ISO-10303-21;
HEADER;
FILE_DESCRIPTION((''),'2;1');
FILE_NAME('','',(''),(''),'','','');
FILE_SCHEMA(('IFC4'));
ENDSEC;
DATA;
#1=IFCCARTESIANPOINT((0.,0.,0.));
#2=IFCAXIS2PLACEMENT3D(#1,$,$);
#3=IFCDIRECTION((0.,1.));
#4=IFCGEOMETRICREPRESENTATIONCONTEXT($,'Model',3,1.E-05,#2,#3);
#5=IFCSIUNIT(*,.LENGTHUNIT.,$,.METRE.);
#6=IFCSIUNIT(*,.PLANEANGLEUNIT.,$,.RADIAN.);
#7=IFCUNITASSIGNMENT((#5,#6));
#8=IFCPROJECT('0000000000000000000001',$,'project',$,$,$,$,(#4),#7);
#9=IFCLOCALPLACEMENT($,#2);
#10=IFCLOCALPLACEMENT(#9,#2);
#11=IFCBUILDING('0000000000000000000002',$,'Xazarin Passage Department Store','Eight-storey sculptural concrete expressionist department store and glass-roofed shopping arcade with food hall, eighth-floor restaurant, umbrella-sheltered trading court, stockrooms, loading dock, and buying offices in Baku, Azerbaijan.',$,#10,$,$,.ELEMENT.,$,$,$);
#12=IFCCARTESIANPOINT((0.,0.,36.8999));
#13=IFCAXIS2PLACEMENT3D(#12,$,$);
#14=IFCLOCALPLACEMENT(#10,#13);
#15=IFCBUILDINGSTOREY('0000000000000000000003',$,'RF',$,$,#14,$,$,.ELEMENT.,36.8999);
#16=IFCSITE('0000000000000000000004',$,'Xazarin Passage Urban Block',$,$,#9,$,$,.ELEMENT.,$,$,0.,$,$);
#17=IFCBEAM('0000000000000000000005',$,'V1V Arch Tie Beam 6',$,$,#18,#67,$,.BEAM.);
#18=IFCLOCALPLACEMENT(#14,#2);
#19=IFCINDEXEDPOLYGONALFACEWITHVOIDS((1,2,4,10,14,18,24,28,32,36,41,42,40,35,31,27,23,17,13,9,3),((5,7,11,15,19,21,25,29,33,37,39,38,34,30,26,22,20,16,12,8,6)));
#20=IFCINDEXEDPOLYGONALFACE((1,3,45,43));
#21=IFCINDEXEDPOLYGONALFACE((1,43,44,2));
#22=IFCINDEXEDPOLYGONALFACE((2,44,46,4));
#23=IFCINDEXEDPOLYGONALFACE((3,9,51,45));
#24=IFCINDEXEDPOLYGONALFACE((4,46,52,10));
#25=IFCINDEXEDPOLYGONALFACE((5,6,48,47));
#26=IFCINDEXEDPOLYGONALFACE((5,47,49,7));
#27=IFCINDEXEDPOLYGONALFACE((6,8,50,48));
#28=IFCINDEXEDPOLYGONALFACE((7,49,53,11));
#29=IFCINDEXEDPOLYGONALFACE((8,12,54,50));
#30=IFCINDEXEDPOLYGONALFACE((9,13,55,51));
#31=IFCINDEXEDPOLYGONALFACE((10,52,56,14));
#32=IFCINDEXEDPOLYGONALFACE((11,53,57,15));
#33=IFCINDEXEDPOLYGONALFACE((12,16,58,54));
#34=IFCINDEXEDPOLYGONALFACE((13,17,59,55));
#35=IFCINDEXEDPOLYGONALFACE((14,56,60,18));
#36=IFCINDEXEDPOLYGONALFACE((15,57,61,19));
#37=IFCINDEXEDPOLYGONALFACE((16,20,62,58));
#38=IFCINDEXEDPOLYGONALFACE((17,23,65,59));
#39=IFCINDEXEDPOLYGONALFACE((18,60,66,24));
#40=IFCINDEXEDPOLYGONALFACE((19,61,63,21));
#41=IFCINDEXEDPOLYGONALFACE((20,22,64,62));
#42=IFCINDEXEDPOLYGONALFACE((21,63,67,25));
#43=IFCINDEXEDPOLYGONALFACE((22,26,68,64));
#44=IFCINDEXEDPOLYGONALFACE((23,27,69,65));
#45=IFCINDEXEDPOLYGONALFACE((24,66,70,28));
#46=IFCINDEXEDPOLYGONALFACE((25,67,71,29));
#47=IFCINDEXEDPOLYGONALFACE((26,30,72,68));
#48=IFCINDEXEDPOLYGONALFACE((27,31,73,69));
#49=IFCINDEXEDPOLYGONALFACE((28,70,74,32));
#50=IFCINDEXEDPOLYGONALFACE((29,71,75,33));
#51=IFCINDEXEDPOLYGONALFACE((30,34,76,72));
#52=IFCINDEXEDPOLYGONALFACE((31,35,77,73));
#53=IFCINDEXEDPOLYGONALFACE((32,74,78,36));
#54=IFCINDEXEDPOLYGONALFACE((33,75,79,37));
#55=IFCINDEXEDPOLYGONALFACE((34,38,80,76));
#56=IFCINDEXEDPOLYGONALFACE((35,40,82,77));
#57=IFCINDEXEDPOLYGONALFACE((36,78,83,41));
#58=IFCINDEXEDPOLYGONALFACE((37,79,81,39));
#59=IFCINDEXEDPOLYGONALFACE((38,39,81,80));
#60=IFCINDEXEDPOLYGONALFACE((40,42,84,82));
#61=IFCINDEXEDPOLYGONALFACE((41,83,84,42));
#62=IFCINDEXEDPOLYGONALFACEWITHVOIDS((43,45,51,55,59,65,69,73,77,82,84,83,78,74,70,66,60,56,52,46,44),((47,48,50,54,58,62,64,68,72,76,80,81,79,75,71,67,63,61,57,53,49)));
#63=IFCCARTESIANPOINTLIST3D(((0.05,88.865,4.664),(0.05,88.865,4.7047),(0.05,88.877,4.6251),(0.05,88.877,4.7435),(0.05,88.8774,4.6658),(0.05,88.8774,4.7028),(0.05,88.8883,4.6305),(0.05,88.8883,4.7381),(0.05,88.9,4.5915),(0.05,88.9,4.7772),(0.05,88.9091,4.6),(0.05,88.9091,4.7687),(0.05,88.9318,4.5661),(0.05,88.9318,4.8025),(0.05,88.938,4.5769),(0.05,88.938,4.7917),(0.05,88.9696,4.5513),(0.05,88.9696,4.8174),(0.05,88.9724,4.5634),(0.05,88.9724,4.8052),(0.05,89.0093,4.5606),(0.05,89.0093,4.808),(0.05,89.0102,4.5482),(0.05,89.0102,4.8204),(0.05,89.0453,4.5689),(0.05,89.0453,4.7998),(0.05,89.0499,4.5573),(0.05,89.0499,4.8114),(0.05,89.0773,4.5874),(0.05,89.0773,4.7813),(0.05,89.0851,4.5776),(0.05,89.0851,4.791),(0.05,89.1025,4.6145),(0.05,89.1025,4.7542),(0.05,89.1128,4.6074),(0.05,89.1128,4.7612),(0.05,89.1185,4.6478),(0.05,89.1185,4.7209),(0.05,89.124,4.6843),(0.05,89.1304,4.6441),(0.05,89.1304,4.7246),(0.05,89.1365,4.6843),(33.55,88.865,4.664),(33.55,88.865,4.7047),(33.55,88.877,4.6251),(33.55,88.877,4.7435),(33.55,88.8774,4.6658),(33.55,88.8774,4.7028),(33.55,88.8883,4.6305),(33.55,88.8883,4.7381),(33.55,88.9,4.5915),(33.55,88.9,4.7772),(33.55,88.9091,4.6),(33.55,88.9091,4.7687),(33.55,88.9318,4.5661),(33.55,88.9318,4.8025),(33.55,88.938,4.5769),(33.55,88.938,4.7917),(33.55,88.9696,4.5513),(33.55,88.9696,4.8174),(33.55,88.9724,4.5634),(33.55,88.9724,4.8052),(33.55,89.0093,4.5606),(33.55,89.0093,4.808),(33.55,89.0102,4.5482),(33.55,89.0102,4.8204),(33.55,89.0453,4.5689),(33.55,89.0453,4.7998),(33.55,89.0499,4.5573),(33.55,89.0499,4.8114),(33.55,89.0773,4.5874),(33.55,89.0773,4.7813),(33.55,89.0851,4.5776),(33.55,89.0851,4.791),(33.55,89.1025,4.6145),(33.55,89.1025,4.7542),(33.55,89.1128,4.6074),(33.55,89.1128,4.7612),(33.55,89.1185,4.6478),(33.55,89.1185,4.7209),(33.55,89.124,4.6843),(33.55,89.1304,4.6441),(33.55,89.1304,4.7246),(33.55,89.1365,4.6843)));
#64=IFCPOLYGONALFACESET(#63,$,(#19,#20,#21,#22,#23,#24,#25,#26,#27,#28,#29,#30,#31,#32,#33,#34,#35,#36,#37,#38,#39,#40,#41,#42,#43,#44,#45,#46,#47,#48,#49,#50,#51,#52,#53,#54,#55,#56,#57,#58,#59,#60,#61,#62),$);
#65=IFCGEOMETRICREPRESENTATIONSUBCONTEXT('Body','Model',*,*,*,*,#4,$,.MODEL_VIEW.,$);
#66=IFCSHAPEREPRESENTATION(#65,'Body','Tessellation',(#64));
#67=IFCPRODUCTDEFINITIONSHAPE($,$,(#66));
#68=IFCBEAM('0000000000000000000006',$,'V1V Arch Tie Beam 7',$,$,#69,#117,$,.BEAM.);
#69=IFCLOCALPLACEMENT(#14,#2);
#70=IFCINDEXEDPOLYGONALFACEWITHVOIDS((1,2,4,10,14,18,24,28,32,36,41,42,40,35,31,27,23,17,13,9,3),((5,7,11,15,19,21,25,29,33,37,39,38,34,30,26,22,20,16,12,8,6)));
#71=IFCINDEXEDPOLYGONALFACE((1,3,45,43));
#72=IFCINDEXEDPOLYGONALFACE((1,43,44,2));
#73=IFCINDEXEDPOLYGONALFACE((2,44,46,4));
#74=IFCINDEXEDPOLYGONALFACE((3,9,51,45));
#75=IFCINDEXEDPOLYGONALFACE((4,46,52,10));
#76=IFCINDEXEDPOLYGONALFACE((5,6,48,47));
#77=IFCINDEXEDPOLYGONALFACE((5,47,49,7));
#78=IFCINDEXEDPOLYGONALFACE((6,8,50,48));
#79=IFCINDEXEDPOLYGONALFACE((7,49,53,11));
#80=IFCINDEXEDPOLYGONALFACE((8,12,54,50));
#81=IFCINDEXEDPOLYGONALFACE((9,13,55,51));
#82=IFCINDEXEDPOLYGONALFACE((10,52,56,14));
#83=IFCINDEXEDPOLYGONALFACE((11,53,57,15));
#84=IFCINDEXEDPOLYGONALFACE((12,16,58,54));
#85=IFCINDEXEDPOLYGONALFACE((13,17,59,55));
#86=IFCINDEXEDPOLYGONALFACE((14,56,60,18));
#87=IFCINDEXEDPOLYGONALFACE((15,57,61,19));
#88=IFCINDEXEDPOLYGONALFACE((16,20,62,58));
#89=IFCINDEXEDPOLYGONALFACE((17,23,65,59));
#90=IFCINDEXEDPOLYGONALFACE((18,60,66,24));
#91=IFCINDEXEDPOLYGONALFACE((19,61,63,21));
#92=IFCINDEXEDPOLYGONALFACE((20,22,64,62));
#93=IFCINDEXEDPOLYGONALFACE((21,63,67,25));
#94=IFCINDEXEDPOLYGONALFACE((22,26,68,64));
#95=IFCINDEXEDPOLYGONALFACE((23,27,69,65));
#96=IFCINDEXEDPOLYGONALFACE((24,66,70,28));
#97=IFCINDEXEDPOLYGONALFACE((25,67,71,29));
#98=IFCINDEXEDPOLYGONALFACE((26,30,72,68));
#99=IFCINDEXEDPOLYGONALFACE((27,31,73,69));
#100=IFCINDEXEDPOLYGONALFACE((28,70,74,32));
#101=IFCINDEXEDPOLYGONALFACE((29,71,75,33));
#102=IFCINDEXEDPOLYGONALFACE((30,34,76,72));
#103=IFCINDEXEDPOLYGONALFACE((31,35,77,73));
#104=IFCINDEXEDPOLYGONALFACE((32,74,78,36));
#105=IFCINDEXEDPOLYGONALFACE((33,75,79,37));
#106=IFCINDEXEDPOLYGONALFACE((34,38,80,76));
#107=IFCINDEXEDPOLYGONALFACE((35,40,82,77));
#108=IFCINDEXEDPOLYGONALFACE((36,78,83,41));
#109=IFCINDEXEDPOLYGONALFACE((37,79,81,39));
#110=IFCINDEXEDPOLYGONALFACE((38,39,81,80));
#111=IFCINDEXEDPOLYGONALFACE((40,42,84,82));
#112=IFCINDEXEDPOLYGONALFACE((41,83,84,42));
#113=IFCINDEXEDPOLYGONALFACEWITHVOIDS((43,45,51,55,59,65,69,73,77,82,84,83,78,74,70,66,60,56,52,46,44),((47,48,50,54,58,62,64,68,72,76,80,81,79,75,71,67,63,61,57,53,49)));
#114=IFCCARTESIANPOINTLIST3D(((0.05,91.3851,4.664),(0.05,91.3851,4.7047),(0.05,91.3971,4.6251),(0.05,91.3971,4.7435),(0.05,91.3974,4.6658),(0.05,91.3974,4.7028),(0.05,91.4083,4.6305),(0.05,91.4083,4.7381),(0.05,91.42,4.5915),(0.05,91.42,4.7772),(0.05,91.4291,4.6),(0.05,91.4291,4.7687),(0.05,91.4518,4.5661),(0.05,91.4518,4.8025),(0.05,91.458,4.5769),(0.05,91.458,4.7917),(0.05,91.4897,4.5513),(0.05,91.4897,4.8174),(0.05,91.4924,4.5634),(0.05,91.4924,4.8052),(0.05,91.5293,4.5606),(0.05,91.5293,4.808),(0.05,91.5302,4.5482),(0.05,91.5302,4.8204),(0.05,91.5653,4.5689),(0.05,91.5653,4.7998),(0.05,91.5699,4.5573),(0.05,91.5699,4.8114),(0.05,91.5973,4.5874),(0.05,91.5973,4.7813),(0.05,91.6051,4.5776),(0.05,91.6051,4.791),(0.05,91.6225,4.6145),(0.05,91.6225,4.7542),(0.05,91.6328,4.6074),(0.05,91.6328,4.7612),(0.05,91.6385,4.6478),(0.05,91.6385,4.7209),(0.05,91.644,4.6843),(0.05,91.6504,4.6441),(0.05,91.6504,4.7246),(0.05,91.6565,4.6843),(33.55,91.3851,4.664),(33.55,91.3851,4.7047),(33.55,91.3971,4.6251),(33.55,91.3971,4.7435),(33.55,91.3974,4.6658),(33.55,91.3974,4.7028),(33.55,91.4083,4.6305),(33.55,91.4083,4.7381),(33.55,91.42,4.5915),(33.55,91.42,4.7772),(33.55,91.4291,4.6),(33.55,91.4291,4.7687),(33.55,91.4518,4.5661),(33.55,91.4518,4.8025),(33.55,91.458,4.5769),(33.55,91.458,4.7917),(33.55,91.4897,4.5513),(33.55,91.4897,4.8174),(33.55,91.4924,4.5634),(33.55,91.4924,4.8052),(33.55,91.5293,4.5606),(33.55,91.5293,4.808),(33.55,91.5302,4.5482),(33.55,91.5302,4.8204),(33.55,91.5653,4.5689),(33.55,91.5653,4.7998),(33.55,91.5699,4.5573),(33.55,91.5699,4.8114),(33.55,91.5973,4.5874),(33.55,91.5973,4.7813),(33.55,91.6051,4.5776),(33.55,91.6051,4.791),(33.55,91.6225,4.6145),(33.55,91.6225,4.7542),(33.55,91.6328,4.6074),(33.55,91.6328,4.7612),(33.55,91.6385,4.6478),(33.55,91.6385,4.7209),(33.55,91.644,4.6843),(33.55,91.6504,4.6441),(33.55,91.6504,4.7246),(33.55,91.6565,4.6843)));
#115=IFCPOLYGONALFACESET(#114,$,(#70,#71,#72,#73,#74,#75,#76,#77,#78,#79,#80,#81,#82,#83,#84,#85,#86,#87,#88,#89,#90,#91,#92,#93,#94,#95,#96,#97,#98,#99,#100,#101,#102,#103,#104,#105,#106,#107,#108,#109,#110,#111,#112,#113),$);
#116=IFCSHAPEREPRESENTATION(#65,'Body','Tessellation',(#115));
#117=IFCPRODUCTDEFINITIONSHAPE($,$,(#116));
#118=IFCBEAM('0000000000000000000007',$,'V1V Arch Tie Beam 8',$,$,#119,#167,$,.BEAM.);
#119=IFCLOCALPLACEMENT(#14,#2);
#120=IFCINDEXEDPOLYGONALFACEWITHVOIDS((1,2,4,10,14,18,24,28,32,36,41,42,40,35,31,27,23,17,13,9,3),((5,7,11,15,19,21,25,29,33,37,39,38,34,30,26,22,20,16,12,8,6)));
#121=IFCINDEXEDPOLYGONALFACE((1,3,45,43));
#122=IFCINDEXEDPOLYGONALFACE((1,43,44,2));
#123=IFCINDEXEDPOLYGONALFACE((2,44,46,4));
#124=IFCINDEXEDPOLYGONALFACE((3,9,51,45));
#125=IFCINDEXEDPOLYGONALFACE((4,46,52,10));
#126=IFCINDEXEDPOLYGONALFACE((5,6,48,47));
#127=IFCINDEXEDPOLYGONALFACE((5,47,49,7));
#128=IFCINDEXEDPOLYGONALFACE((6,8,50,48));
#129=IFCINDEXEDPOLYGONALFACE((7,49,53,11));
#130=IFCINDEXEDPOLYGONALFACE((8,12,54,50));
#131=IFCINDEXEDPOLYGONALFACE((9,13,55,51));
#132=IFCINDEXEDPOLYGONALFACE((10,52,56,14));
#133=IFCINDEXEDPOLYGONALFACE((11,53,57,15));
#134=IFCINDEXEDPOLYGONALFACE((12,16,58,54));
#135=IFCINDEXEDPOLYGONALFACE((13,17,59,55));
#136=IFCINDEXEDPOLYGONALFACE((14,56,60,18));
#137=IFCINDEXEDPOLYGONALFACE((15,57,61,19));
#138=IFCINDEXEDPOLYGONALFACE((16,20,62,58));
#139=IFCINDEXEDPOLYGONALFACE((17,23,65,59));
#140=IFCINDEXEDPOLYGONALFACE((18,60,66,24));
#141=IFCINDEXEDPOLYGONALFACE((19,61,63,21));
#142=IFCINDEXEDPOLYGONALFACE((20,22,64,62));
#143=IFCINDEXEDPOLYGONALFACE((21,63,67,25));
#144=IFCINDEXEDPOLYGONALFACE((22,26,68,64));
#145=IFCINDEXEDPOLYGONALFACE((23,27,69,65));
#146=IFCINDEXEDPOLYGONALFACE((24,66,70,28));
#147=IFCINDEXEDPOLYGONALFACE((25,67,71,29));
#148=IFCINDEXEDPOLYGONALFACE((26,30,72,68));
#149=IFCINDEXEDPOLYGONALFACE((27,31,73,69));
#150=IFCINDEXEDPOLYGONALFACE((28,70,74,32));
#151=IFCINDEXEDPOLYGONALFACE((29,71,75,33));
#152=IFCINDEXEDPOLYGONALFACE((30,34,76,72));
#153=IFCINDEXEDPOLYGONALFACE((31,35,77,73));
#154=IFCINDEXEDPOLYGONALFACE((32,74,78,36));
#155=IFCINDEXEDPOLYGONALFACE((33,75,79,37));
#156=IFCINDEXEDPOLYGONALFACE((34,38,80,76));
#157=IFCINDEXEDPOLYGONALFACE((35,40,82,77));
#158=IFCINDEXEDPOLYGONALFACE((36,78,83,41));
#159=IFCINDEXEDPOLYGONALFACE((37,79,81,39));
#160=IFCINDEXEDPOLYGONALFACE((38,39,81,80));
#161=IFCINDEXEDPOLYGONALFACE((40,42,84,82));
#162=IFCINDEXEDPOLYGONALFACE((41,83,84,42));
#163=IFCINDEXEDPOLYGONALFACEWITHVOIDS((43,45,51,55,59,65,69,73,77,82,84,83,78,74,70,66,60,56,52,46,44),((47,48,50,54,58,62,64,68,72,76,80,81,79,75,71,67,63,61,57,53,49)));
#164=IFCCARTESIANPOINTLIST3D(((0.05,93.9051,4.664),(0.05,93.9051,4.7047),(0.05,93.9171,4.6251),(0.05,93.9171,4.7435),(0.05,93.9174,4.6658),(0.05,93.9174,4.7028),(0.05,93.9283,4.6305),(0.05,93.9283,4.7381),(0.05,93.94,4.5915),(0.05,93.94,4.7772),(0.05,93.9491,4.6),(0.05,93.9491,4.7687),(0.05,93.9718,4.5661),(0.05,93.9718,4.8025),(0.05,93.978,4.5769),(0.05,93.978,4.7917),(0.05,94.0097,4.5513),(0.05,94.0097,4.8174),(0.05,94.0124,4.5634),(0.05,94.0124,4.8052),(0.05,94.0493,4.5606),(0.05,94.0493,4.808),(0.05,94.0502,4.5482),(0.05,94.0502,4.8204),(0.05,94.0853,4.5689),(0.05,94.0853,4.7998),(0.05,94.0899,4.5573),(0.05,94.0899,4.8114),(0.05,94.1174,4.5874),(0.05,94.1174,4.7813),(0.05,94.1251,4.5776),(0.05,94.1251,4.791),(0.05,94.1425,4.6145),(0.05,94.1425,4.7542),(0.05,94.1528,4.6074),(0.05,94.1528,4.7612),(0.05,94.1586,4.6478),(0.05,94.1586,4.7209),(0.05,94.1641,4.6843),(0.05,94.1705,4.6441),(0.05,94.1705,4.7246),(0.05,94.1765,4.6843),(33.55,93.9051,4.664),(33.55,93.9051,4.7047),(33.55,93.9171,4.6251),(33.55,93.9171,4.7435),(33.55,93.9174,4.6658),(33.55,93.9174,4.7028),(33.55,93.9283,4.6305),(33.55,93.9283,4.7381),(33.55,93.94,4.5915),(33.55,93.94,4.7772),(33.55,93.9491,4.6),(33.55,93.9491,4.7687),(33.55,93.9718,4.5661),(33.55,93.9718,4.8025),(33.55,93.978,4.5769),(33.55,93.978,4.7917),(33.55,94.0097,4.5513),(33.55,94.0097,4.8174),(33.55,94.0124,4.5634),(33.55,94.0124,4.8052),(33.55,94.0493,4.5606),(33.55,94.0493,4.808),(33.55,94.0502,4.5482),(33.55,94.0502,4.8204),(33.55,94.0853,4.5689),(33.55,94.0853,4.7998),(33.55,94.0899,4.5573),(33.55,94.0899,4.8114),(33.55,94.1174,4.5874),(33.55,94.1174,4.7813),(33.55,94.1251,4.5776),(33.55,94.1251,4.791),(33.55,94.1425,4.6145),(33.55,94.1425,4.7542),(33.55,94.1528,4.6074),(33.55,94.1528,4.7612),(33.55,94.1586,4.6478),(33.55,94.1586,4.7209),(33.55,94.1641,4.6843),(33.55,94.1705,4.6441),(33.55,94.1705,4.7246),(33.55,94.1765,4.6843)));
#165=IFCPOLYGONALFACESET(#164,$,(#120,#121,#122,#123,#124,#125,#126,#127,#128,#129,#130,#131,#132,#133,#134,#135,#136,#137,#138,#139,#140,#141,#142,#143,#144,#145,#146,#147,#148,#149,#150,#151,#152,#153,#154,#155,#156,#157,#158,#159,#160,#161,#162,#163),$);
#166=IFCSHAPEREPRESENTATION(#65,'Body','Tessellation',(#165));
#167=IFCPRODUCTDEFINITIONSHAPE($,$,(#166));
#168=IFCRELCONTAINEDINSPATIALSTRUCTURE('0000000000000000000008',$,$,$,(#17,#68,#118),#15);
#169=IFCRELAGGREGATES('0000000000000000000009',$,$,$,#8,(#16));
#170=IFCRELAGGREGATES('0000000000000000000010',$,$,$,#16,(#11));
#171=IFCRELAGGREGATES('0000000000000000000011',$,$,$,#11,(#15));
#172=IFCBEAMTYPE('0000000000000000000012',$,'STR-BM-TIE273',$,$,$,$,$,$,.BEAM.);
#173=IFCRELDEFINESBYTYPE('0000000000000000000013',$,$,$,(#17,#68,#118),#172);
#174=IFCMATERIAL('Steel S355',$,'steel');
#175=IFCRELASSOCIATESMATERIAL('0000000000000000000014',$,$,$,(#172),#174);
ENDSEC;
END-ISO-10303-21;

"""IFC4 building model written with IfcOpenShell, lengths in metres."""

from ifc_helpers import new_model, si_unit, direction, frame, origin, origin_2d, place, context, subcontext, project, spatial, hollow_circle, extrude, material, material_profile, profile_set, type_object, element, save


model = new_model("IFC4")

# Units and contexts
model_context = context("Model", 3, precision=1e-05, world=origin(), true_north=direction((0.0, 1.0)))
body_context = subcontext(model_context, "Body", "Model", "MODEL_VIEW")
ifc_project = project(units=[si_unit("LENGTHUNIT", "METRE"), si_unit("PLANEANGLEUNIT", "RADIAN")], contexts=[model_context])

# Site, building, storey
site_placement = place(None, origin())
site = spatial("IfcSite", under=ifc_project, at=site_placement, Name="Xazarin Passage Urban Block", CompositionType="ELEMENT", RefElevation=0.0)
building_placement = place(site_placement, origin())
building = spatial("IfcBuilding", under=site, at=building_placement, Name="Xazarin Passage Department Store", Description="Eight-storey sculptural concrete expressionist department store and glass-roofed shopping arcade with food hall, eighth-floor restaurant, umbrella-sheltered trading court, stockrooms, loading dock, and buying offices in Baku, Azerbaijan.", CompositionType="ELEMENT")
storey_placement = place(building_placement, frame((0.0, 0.0, 36.8999)))
storey = spatial("IfcBuildingStorey", under=building, at=storey_placement, Name="RF", CompositionType="ELEMENT", Elevation=36.8999)

# Beams
ifc_material_1 = material(Name="Steel S355", Category="steel")
ifc_material_profile_1 = material_profile(ifc_material_1, hollow_circle(Radius=0.1365, WallThickness=0.0125, at=origin_2d()), Name="CHS 273x12.5")
ifc_profile_set_1 = profile_set([ifc_material_profile_1], Name="Steel S355")
beam_type_1 = type_object("IfcBeamType", Name="STR-BM-TIE273", PredefinedType="BEAM", material=ifc_profile_set_1)
for number, where, z_axis, x_axis, name in (
    (1, (0.05, 89.0, 4.6843), (1.0, 0.0, 0.0), (0.0, 1.0, 0.0), "V1V Arch Tie Beam 6"),
    (2, (0.05, 91.52, 4.6843), (1.0, 0.0, 0.0), (0.0, 1.0, 0.0), "V1V Arch Tie Beam 7"),
    (3, (0.05, 94.04, 4.6843), (1.0, 0.0, 0.0), (0.0, 1.0, 0.0), "V1V Arch Tie Beam 8"),
):
    element("IfcBeam", number, at=place(storey_placement, frame(where, z_axis=z_axis, x_axis=x_axis)), inside=storey, type_object=beam_type_1, Name=name, PredefinedType="BEAM", context=body_context, shape_type="SweptSolid", body=[
        extrude(hollow_circle(Radius=0.1365, WallThickness=0.0125, at=origin_2d()), origin(), (0.0, 0.0, 1.0), 33.5),
    ])

save(model, "model.ifc")
